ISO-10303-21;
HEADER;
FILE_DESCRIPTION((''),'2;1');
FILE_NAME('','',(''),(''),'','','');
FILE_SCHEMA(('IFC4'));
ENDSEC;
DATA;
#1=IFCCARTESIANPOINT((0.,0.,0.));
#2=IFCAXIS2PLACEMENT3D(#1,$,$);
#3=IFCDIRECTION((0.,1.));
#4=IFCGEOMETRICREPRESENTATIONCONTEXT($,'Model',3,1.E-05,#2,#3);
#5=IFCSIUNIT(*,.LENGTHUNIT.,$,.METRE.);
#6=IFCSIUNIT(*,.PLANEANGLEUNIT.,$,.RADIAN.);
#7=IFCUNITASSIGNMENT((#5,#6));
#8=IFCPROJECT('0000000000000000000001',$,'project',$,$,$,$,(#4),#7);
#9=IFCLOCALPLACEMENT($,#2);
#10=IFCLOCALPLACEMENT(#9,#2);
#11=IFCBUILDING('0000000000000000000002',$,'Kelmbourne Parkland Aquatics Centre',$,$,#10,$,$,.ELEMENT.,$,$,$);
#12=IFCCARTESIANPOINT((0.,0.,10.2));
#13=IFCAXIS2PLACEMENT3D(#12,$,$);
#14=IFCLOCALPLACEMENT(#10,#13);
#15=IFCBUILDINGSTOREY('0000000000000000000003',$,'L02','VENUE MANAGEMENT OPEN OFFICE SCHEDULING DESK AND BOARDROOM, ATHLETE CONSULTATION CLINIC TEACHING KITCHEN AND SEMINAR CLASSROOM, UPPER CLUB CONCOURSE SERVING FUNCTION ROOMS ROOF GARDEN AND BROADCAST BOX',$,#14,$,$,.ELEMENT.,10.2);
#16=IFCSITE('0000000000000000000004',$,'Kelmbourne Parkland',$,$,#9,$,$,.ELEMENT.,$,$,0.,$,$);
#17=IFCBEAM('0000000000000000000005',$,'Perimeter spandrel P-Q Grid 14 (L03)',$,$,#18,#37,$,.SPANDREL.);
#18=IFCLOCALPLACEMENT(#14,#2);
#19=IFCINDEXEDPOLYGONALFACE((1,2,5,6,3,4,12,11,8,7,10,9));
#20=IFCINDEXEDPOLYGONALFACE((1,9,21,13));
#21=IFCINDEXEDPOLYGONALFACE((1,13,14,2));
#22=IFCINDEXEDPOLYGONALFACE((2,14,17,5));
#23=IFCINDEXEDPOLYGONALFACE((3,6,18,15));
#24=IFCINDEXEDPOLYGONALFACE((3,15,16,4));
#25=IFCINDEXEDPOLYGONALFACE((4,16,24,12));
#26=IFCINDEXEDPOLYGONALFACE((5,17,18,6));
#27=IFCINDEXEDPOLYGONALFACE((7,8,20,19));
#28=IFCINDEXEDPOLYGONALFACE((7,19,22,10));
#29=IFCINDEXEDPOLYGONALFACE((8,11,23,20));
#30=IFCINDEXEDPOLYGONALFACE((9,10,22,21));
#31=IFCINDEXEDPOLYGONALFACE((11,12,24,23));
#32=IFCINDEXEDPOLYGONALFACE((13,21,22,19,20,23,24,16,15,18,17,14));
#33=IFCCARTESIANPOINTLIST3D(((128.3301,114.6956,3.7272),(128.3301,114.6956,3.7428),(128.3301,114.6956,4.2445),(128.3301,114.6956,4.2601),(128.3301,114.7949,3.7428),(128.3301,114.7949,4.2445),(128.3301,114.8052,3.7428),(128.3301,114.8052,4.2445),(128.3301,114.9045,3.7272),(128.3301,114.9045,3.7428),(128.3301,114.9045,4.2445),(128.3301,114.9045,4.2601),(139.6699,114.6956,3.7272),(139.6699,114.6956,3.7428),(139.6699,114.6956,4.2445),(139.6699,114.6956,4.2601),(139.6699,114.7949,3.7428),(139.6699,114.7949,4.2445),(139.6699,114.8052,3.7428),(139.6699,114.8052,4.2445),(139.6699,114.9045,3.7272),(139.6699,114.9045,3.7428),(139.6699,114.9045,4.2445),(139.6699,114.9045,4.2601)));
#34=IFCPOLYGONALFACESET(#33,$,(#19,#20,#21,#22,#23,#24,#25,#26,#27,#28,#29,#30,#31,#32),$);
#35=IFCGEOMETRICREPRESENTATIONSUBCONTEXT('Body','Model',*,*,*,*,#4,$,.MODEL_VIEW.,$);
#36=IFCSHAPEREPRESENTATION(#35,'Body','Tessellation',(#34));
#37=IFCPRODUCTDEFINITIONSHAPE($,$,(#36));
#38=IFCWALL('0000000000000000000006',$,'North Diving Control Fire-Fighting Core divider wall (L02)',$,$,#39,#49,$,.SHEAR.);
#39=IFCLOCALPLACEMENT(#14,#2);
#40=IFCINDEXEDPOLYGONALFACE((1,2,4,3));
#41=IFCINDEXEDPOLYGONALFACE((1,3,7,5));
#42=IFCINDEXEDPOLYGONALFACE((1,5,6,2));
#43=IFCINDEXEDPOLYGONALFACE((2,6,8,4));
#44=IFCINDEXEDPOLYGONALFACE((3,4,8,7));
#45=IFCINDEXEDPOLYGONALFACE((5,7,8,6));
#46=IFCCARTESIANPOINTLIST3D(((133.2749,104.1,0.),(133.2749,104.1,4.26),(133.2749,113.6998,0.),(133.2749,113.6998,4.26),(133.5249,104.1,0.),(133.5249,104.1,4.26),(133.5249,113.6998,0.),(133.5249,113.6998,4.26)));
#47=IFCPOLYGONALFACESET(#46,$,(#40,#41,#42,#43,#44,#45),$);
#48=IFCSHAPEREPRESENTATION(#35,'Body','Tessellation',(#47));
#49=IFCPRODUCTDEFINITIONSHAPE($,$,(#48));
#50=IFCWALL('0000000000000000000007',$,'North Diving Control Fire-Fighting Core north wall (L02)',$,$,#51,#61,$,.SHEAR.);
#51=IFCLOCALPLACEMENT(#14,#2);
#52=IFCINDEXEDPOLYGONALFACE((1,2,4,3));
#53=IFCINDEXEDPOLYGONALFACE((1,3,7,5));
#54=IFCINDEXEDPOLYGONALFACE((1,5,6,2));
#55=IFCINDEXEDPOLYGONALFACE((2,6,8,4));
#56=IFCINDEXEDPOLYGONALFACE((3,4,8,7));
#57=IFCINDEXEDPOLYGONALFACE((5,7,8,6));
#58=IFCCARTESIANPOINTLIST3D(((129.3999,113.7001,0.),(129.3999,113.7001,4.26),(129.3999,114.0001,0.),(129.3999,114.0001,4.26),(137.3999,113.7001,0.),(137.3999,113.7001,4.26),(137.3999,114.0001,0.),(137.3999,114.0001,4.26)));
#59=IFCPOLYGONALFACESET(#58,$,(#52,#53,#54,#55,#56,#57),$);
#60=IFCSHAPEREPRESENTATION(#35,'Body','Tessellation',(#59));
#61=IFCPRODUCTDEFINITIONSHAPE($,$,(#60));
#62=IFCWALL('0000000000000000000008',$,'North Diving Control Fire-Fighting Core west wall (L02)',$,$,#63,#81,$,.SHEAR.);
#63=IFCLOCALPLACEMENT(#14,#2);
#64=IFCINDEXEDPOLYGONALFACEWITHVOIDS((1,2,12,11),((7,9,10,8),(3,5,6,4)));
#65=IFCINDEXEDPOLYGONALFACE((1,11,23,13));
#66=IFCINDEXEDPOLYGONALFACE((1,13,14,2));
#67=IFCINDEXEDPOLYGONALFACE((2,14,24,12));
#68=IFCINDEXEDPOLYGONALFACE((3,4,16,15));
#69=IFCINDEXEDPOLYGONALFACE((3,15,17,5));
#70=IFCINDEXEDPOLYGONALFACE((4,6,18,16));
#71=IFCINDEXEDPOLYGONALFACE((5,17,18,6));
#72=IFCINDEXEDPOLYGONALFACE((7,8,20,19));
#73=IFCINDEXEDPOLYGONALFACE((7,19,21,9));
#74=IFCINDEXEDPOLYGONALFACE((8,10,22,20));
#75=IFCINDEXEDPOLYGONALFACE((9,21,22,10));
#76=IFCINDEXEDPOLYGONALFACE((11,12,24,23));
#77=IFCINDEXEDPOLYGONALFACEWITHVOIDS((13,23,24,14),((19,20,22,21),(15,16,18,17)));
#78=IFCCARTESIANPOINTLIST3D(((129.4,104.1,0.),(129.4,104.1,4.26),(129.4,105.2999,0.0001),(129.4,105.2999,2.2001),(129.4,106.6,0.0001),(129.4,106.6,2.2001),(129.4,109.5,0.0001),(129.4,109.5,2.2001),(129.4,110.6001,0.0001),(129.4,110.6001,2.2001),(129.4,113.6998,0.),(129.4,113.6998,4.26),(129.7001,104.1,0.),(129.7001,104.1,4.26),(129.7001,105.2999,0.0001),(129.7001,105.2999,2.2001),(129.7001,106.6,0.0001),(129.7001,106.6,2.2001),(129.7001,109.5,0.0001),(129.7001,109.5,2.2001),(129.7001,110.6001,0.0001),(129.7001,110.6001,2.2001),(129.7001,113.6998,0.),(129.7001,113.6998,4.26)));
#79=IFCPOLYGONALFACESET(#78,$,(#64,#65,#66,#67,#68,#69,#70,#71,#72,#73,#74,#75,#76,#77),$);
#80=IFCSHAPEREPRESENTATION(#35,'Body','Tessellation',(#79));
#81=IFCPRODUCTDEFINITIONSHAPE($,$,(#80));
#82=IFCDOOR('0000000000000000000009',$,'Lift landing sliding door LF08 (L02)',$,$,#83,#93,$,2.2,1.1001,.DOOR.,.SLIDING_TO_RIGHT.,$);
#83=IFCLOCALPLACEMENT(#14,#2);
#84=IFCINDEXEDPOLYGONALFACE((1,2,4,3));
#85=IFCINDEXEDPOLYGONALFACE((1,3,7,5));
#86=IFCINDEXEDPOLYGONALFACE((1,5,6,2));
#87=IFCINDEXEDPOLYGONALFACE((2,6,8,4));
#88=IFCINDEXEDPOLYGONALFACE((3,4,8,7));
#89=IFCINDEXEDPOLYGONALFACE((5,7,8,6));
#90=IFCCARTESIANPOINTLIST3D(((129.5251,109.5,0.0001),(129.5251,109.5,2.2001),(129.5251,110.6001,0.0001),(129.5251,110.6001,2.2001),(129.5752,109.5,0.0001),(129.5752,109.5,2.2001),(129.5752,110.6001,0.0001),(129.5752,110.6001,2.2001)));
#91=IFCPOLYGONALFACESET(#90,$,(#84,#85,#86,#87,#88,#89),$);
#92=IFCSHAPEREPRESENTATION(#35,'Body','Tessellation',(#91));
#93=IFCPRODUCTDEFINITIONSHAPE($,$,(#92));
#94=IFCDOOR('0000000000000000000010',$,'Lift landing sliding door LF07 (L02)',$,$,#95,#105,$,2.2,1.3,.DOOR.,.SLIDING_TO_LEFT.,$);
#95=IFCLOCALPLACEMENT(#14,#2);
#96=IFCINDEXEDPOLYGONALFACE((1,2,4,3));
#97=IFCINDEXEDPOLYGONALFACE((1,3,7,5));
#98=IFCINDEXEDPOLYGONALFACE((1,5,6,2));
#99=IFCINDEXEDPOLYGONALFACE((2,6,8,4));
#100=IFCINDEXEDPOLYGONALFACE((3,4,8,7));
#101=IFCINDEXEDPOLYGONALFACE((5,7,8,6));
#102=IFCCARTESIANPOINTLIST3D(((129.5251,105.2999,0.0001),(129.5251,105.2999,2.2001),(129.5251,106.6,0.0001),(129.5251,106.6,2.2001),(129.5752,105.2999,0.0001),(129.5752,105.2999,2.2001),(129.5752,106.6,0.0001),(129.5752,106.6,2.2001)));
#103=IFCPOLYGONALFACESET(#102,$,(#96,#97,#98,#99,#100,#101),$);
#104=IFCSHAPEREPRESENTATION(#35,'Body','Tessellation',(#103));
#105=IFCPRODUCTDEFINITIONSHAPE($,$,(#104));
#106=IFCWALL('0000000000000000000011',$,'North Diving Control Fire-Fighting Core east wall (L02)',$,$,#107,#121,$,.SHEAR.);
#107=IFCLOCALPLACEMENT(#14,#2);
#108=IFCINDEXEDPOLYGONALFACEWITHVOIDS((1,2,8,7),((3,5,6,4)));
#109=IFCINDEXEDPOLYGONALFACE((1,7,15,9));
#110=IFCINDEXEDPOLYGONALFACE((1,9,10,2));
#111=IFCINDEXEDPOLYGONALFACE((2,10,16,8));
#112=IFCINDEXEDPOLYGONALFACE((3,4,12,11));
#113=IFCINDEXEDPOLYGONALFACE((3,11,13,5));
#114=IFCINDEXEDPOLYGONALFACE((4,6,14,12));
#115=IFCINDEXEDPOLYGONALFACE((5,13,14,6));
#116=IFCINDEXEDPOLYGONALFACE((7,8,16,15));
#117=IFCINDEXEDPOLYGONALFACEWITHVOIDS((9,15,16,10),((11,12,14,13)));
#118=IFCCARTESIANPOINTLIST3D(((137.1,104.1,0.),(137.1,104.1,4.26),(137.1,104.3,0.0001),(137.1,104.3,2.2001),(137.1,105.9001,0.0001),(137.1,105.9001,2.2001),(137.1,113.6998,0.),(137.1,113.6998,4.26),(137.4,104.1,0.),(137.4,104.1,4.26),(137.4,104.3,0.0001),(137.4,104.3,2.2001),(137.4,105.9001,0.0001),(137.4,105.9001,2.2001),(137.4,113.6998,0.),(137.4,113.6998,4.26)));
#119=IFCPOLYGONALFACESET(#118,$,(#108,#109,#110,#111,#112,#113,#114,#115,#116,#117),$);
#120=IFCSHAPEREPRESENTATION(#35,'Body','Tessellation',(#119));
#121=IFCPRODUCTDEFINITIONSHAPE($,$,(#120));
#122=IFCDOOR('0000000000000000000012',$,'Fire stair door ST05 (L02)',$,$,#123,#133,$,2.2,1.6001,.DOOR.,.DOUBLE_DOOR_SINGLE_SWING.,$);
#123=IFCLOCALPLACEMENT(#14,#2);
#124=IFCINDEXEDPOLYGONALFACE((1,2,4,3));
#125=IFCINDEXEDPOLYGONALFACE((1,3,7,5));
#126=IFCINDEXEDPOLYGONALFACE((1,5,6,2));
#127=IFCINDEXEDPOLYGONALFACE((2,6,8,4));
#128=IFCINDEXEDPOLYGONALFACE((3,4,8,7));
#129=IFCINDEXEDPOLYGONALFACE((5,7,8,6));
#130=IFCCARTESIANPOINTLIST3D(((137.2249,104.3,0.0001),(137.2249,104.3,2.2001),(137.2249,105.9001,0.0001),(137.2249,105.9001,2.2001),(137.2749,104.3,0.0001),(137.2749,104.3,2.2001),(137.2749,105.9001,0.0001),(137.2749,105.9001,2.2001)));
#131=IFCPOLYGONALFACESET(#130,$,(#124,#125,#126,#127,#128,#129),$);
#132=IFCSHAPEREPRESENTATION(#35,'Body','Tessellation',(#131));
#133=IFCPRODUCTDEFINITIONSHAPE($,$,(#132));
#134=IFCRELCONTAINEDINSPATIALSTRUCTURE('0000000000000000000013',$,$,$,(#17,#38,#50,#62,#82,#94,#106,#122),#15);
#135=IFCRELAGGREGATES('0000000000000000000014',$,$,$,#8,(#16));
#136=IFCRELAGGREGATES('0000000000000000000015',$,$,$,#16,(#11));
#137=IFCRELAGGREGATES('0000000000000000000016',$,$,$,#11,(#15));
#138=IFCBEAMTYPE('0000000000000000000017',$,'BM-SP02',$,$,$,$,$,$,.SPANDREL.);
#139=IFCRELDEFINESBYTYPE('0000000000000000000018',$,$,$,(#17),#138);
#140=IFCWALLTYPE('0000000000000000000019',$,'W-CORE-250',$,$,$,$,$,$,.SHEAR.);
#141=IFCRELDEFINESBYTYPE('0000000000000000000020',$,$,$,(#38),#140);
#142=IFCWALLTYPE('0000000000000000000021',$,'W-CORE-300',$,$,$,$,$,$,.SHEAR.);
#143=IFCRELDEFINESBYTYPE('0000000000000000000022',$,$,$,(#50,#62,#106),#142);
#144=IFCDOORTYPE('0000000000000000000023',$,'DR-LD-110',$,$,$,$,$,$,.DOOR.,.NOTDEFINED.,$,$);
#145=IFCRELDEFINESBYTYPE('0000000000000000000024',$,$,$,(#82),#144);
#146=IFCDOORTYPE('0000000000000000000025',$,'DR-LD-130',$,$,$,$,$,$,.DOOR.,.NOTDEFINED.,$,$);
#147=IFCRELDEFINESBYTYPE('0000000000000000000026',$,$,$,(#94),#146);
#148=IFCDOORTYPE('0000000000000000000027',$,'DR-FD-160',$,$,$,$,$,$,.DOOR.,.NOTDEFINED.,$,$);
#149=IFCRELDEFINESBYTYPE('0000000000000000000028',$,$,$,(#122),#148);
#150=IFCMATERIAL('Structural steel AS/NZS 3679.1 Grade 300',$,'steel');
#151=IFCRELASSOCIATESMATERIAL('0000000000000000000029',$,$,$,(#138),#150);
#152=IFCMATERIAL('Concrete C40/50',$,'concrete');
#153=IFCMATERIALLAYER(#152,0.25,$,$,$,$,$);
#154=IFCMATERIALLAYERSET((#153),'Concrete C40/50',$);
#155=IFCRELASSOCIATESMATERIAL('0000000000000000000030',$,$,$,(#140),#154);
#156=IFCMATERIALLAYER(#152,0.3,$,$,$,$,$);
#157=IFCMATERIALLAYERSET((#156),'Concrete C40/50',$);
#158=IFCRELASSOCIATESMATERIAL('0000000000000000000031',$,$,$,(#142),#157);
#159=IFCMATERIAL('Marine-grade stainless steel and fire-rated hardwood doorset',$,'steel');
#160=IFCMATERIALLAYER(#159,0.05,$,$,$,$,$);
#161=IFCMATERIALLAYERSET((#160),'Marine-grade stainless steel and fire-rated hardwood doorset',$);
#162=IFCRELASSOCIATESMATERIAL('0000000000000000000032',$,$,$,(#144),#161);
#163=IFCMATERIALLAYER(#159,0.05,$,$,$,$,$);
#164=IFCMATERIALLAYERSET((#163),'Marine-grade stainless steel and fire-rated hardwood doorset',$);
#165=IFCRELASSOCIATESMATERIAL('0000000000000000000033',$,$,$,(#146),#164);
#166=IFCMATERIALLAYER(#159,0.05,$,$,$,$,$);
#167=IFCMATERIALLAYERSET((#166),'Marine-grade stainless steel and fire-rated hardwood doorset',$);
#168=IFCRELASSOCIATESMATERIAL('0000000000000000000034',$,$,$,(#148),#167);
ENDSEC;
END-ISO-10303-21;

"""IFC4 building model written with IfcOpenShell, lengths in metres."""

from ifc_helpers import new_model, si_unit, direction, frame, frame_2d, origin, origin_2d, place, context, subcontext, project, spatial, rectangle, i_section, extrude, material, layer, layer_set, material_profile, profile_set, type_object, element, fill, save


model = new_model("IFC4")

# Units and contexts
model_context = context("Model", 3, precision=1e-05, world=origin(), true_north=direction((0.0, 1.0)))
body_context = subcontext(model_context, "Body", "Model", "MODEL_VIEW")
ifc_project = project(units=[si_unit("LENGTHUNIT", "METRE"), si_unit("PLANEANGLEUNIT", "RADIAN")], contexts=[model_context])

# Site, building, storey
site_placement = place(None, origin())
site = spatial("IfcSite", under=ifc_project, at=site_placement, Name="Kelmbourne Parkland", CompositionType="ELEMENT", RefElevation=0.0)
building_placement = place(site_placement, origin())
building = spatial("IfcBuilding", under=site, at=building_placement, Name="Kelmbourne Parkland Aquatics Centre", CompositionType="ELEMENT")
storey_placement = place(building_placement, frame((0.0, 0.0, 10.2)))
storey = spatial("IfcBuildingStorey", under=building, at=storey_placement, Name="L02", Description="VENUE MANAGEMENT OPEN OFFICE SCHEDULING DESK AND BOARDROOM, ATHLETE CONSULTATION CLINIC TEACHING KITCHEN AND SEMINAR CLASSROOM, UPPER CLUB CONCOURSE SERVING FUNCTION ROOMS ROOF GARDEN AND BROADCAST BOX", CompositionType="ELEMENT", Elevation=10.2)

# Beam
ifc_material_1 = material(Name="Structural steel AS/NZS 3679.1 Grade 300", Category="steel")
ifc_material_profile = material_profile(ifc_material_1, i_section(OverallWidth=0.209, OverallDepth=0.533, WebThickness=0.0103, FlangeThickness=0.0156, at=origin_2d()), Name="530UB92.4")
ifc_profile_set = profile_set([ifc_material_profile], Name="Structural steel AS/NZS 3679.1 Grade 300")
beam_type = type_object("IfcBeamType", Name="BM-SP02", PredefinedType="SPANDREL", material=ifc_profile_set)
beam_placement = place(storey_placement, frame((128.3301, 114.8, 3.9937), z_axis=(1.0, 0.0, 0.0), x_axis=(0.0, 1.0, 0.0)))
element("IfcBeam", 1, at=beam_placement, inside=storey, type_object=beam_type, Name="Perimeter spandrel P-Q Grid 14 (L03)", PredefinedType="SPANDREL", context=body_context, shape_type="SweptSolid", body=[
    extrude(i_section(OverallWidth=0.209, OverallDepth=0.533, WebThickness=0.0103, FlangeThickness=0.0156, at=origin_2d()), origin(), (0.0, 0.0, 1.0), 11.3398),
])

# Walls
ifc_material_2 = material(Name="Concrete C40/50", Category="concrete")
ifc_layer_1 = layer(ifc_material_2, 0.25)
ifc_layer_set_1 = layer_set([ifc_layer_1], Name="Concrete C40/50")
wall_type_1 = type_object("IfcWallType", Name="W-CORE-250", PredefinedType="SHEAR", material=ifc_layer_set_1)
wall_1_placement = place(storey_placement, frame((133.3999, 104.1001, 0.0), z_axis=(0.0, 0.0, 1.0), x_axis=(0.0, 1.0, 0.0)))
element("IfcWall", 2, at=wall_1_placement, inside=storey, type_object=wall_type_1, Name="North Diving Control Fire-Fighting Core divider wall (L02)", PredefinedType="SHEAR", context=body_context, shape_type="SweptSolid", body=[
    extrude(rectangle(XDim=9.5999, YDim=0.25, at=frame_2d((4.7998, 0.0))), origin(), (0.0, 0.0, 1.0), 4.26),
])
ifc_layer_2 = layer(ifc_material_2, 0.3)
ifc_layer_set_2 = layer_set([ifc_layer_2], Name="Concrete C40/50")
wall_type_2 = type_object("IfcWallType", Name="W-CORE-300", PredefinedType="SHEAR", material=ifc_layer_set_2)
wall_2_placement = place(storey_placement, frame((129.3999, 113.8501, 0.0), z_axis=(0.0, 0.0, 1.0), x_axis=(1.0, 0.0, 0.0)))
element("IfcWall", 3, at=wall_2_placement, inside=storey, type_object=wall_type_2, Name="North Diving Control Fire-Fighting Core north wall (L02)", PredefinedType="SHEAR", context=body_context, shape_type="SweptSolid", body=[
    extrude(rectangle(XDim=8.0, YDim=0.3, at=frame_2d((4.0, 0.0))), origin(), (0.0, 0.0, 1.0), 4.26),
])

# Wall, openings, doors
wall_3_placement = place(storey_placement, frame((129.55, 104.1001, 0.0), z_axis=(0.0, 0.0, 1.0), x_axis=(0.0, 1.0, 0.0)))
wall_3 = element("IfcWall", 4, at=wall_3_placement, inside=storey, type_object=wall_type_2, Name="North Diving Control Fire-Fighting Core west wall (L02)", PredefinedType="SHEAR", context=body_context, shape_type="SweptSolid", body=[
    extrude(rectangle(XDim=9.5999, YDim=0.3, at=frame_2d((4.7998, 0.0))), origin(), (0.0, 0.0, 1.0), 4.26),
])
opening_1_placement = place(wall_3_placement, frame((1.2, 0.0, 0.0)))
opening_1 = element("IfcOpeningElement", 5, at=opening_1_placement, cuts=wall_3, PredefinedType="OPENING", context=body_context, shape_type="SweptSolid", body=[
    extrude(rectangle(XDim=1.3, YDim=2.2, at=frame_2d((0.6499, 1.1001))), frame((0.0, 0.1621, 0.0), z_axis=(0.0, -1.0, 0.0), x_axis=(1.0, 0.0, 0.0)), (0.0, 0.0, 1.0), 0.324),
])
opening_2_placement = place(wall_3_placement, frame((5.3999, 0.0, 0.0)))
opening_2 = element("IfcOpeningElement", 6, at=opening_2_placement, cuts=wall_3, PredefinedType="OPENING", context=body_context, shape_type="SweptSolid", body=[
    extrude(rectangle(XDim=1.1001, YDim=2.2, at=frame_2d((0.55, 1.1001))), frame((0.0, 0.1621, 0.0), z_axis=(0.0, -1.0, 0.0), x_axis=(1.0, 0.0, 0.0)), (0.0, 0.0, 1.0), 0.324),
])
ifc_material_3 = material(Name="Marine-grade stainless steel and fire-rated hardwood doorset", Category="steel")
ifc_layer_3 = layer(ifc_material_3, 0.05)
ifc_layer_set_3 = layer_set([ifc_layer_3], Name="Marine-grade stainless steel and fire-rated hardwood doorset")
door_type_1 = type_object("IfcDoorType", Name="DR-LD-110", OperationType="NOTDEFINED", PredefinedType="DOOR", material=ifc_layer_set_3)
door_1_placement = place(opening_2_placement, origin())
door_1 = element("IfcDoor", 7, at=door_1_placement, inside=storey, type_object=door_type_1, Name="Lift landing sliding door LF08 (L02)", OperationType="SLIDING_TO_RIGHT", OverallHeight=2.2, OverallWidth=1.1001, PredefinedType="DOOR", context=body_context, shape_type="SweptSolid", body=[
    extrude(rectangle(XDim=1.1001, YDim=2.2, at=frame_2d((0.55, 1.1001))), frame((0.0, 0.0249, 0.0), z_axis=(0.0, -1.0, 0.0), x_axis=(1.0, 0.0, 0.0)), (0.0, 0.0, 1.0), 0.05),
])
fill(opening_2, door_1)
ifc_layer_4 = layer(ifc_material_3, 0.05)
ifc_layer_set_4 = layer_set([ifc_layer_4], Name="Marine-grade stainless steel and fire-rated hardwood doorset")
door_type_2 = type_object("IfcDoorType", Name="DR-LD-130", OperationType="NOTDEFINED", PredefinedType="DOOR", material=ifc_layer_set_4)
door_2_placement = place(opening_1_placement, origin())
door_2 = element("IfcDoor", 8, at=door_2_placement, inside=storey, type_object=door_type_2, Name="Lift landing sliding door LF07 (L02)", OperationType="SLIDING_TO_LEFT", OverallHeight=2.2, OverallWidth=1.3, PredefinedType="DOOR", context=body_context, shape_type="SweptSolid", body=[
    extrude(rectangle(XDim=1.3, YDim=2.2, at=frame_2d((0.6499, 1.1001))), frame((0.0, 0.0249, 0.0), z_axis=(0.0, -1.0, 0.0), x_axis=(1.0, 0.0, 0.0)), (0.0, 0.0, 1.0), 0.05),
])
fill(opening_1, door_2)

# Wall, opening, door
wall_4_placement = place(storey_placement, frame((137.25, 104.1001, 0.0), z_axis=(0.0, 0.0, 1.0), x_axis=(0.0, 1.0, 0.0)))
wall_4 = element("IfcWall", 9, at=wall_4_placement, inside=storey, type_object=wall_type_2, Name="North Diving Control Fire-Fighting Core east wall (L02)", PredefinedType="SHEAR", context=body_context, shape_type="SweptSolid", body=[
    extrude(rectangle(XDim=9.5999, YDim=0.3, at=frame_2d((4.7998, 0.0))), origin(), (0.0, 0.0, 1.0), 4.26),
])
opening_3_placement = place(wall_4_placement, frame((0.2, 0.0, 0.0)))
opening_3 = element("IfcOpeningElement", 10, at=opening_3_placement, cuts=wall_4, PredefinedType="OPENING", context=body_context, shape_type="SweptSolid", body=[
    extrude(rectangle(XDim=1.6001, YDim=2.2, at=frame_2d((0.8, 1.1001))), frame((0.0, 0.1621, 0.0), z_axis=(0.0, -1.0, 0.0), x_axis=(1.0, 0.0, 0.0)), (0.0, 0.0, 1.0), 0.324),
])
ifc_layer_5 = layer(ifc_material_3, 0.05)
ifc_layer_set_5 = layer_set([ifc_layer_5], Name="Marine-grade stainless steel and fire-rated hardwood doorset")
door_type_3 = type_object("IfcDoorType", Name="DR-FD-160", OperationType="NOTDEFINED", PredefinedType="DOOR", material=ifc_layer_set_5)
door_3_placement = place(opening_3_placement, frame((1.6001, 0.0, 0.0), z_axis=(0.0, 0.0, 1.0), x_axis=(-1.0, 0.0, 0.0)))
door_3 = element("IfcDoor", 11, at=door_3_placement, inside=storey, type_object=door_type_3, Name="Fire stair door ST05 (L02)", OperationType="DOUBLE_DOOR_SINGLE_SWING", OverallHeight=2.2, OverallWidth=1.6001, PredefinedType="DOOR", context=body_context, shape_type="SweptSolid", body=[
    extrude(rectangle(XDim=1.6001, YDim=2.2, at=frame_2d((0.8, 1.1001))), frame((0.0, 0.0249, 0.0), z_axis=(0.0, -1.0, 0.0), x_axis=(1.0, 0.0, 0.0)), (0.0, 0.0, 1.0), 0.05),
])
fill(opening_3, door_3)

save(model, "model.ifc")
